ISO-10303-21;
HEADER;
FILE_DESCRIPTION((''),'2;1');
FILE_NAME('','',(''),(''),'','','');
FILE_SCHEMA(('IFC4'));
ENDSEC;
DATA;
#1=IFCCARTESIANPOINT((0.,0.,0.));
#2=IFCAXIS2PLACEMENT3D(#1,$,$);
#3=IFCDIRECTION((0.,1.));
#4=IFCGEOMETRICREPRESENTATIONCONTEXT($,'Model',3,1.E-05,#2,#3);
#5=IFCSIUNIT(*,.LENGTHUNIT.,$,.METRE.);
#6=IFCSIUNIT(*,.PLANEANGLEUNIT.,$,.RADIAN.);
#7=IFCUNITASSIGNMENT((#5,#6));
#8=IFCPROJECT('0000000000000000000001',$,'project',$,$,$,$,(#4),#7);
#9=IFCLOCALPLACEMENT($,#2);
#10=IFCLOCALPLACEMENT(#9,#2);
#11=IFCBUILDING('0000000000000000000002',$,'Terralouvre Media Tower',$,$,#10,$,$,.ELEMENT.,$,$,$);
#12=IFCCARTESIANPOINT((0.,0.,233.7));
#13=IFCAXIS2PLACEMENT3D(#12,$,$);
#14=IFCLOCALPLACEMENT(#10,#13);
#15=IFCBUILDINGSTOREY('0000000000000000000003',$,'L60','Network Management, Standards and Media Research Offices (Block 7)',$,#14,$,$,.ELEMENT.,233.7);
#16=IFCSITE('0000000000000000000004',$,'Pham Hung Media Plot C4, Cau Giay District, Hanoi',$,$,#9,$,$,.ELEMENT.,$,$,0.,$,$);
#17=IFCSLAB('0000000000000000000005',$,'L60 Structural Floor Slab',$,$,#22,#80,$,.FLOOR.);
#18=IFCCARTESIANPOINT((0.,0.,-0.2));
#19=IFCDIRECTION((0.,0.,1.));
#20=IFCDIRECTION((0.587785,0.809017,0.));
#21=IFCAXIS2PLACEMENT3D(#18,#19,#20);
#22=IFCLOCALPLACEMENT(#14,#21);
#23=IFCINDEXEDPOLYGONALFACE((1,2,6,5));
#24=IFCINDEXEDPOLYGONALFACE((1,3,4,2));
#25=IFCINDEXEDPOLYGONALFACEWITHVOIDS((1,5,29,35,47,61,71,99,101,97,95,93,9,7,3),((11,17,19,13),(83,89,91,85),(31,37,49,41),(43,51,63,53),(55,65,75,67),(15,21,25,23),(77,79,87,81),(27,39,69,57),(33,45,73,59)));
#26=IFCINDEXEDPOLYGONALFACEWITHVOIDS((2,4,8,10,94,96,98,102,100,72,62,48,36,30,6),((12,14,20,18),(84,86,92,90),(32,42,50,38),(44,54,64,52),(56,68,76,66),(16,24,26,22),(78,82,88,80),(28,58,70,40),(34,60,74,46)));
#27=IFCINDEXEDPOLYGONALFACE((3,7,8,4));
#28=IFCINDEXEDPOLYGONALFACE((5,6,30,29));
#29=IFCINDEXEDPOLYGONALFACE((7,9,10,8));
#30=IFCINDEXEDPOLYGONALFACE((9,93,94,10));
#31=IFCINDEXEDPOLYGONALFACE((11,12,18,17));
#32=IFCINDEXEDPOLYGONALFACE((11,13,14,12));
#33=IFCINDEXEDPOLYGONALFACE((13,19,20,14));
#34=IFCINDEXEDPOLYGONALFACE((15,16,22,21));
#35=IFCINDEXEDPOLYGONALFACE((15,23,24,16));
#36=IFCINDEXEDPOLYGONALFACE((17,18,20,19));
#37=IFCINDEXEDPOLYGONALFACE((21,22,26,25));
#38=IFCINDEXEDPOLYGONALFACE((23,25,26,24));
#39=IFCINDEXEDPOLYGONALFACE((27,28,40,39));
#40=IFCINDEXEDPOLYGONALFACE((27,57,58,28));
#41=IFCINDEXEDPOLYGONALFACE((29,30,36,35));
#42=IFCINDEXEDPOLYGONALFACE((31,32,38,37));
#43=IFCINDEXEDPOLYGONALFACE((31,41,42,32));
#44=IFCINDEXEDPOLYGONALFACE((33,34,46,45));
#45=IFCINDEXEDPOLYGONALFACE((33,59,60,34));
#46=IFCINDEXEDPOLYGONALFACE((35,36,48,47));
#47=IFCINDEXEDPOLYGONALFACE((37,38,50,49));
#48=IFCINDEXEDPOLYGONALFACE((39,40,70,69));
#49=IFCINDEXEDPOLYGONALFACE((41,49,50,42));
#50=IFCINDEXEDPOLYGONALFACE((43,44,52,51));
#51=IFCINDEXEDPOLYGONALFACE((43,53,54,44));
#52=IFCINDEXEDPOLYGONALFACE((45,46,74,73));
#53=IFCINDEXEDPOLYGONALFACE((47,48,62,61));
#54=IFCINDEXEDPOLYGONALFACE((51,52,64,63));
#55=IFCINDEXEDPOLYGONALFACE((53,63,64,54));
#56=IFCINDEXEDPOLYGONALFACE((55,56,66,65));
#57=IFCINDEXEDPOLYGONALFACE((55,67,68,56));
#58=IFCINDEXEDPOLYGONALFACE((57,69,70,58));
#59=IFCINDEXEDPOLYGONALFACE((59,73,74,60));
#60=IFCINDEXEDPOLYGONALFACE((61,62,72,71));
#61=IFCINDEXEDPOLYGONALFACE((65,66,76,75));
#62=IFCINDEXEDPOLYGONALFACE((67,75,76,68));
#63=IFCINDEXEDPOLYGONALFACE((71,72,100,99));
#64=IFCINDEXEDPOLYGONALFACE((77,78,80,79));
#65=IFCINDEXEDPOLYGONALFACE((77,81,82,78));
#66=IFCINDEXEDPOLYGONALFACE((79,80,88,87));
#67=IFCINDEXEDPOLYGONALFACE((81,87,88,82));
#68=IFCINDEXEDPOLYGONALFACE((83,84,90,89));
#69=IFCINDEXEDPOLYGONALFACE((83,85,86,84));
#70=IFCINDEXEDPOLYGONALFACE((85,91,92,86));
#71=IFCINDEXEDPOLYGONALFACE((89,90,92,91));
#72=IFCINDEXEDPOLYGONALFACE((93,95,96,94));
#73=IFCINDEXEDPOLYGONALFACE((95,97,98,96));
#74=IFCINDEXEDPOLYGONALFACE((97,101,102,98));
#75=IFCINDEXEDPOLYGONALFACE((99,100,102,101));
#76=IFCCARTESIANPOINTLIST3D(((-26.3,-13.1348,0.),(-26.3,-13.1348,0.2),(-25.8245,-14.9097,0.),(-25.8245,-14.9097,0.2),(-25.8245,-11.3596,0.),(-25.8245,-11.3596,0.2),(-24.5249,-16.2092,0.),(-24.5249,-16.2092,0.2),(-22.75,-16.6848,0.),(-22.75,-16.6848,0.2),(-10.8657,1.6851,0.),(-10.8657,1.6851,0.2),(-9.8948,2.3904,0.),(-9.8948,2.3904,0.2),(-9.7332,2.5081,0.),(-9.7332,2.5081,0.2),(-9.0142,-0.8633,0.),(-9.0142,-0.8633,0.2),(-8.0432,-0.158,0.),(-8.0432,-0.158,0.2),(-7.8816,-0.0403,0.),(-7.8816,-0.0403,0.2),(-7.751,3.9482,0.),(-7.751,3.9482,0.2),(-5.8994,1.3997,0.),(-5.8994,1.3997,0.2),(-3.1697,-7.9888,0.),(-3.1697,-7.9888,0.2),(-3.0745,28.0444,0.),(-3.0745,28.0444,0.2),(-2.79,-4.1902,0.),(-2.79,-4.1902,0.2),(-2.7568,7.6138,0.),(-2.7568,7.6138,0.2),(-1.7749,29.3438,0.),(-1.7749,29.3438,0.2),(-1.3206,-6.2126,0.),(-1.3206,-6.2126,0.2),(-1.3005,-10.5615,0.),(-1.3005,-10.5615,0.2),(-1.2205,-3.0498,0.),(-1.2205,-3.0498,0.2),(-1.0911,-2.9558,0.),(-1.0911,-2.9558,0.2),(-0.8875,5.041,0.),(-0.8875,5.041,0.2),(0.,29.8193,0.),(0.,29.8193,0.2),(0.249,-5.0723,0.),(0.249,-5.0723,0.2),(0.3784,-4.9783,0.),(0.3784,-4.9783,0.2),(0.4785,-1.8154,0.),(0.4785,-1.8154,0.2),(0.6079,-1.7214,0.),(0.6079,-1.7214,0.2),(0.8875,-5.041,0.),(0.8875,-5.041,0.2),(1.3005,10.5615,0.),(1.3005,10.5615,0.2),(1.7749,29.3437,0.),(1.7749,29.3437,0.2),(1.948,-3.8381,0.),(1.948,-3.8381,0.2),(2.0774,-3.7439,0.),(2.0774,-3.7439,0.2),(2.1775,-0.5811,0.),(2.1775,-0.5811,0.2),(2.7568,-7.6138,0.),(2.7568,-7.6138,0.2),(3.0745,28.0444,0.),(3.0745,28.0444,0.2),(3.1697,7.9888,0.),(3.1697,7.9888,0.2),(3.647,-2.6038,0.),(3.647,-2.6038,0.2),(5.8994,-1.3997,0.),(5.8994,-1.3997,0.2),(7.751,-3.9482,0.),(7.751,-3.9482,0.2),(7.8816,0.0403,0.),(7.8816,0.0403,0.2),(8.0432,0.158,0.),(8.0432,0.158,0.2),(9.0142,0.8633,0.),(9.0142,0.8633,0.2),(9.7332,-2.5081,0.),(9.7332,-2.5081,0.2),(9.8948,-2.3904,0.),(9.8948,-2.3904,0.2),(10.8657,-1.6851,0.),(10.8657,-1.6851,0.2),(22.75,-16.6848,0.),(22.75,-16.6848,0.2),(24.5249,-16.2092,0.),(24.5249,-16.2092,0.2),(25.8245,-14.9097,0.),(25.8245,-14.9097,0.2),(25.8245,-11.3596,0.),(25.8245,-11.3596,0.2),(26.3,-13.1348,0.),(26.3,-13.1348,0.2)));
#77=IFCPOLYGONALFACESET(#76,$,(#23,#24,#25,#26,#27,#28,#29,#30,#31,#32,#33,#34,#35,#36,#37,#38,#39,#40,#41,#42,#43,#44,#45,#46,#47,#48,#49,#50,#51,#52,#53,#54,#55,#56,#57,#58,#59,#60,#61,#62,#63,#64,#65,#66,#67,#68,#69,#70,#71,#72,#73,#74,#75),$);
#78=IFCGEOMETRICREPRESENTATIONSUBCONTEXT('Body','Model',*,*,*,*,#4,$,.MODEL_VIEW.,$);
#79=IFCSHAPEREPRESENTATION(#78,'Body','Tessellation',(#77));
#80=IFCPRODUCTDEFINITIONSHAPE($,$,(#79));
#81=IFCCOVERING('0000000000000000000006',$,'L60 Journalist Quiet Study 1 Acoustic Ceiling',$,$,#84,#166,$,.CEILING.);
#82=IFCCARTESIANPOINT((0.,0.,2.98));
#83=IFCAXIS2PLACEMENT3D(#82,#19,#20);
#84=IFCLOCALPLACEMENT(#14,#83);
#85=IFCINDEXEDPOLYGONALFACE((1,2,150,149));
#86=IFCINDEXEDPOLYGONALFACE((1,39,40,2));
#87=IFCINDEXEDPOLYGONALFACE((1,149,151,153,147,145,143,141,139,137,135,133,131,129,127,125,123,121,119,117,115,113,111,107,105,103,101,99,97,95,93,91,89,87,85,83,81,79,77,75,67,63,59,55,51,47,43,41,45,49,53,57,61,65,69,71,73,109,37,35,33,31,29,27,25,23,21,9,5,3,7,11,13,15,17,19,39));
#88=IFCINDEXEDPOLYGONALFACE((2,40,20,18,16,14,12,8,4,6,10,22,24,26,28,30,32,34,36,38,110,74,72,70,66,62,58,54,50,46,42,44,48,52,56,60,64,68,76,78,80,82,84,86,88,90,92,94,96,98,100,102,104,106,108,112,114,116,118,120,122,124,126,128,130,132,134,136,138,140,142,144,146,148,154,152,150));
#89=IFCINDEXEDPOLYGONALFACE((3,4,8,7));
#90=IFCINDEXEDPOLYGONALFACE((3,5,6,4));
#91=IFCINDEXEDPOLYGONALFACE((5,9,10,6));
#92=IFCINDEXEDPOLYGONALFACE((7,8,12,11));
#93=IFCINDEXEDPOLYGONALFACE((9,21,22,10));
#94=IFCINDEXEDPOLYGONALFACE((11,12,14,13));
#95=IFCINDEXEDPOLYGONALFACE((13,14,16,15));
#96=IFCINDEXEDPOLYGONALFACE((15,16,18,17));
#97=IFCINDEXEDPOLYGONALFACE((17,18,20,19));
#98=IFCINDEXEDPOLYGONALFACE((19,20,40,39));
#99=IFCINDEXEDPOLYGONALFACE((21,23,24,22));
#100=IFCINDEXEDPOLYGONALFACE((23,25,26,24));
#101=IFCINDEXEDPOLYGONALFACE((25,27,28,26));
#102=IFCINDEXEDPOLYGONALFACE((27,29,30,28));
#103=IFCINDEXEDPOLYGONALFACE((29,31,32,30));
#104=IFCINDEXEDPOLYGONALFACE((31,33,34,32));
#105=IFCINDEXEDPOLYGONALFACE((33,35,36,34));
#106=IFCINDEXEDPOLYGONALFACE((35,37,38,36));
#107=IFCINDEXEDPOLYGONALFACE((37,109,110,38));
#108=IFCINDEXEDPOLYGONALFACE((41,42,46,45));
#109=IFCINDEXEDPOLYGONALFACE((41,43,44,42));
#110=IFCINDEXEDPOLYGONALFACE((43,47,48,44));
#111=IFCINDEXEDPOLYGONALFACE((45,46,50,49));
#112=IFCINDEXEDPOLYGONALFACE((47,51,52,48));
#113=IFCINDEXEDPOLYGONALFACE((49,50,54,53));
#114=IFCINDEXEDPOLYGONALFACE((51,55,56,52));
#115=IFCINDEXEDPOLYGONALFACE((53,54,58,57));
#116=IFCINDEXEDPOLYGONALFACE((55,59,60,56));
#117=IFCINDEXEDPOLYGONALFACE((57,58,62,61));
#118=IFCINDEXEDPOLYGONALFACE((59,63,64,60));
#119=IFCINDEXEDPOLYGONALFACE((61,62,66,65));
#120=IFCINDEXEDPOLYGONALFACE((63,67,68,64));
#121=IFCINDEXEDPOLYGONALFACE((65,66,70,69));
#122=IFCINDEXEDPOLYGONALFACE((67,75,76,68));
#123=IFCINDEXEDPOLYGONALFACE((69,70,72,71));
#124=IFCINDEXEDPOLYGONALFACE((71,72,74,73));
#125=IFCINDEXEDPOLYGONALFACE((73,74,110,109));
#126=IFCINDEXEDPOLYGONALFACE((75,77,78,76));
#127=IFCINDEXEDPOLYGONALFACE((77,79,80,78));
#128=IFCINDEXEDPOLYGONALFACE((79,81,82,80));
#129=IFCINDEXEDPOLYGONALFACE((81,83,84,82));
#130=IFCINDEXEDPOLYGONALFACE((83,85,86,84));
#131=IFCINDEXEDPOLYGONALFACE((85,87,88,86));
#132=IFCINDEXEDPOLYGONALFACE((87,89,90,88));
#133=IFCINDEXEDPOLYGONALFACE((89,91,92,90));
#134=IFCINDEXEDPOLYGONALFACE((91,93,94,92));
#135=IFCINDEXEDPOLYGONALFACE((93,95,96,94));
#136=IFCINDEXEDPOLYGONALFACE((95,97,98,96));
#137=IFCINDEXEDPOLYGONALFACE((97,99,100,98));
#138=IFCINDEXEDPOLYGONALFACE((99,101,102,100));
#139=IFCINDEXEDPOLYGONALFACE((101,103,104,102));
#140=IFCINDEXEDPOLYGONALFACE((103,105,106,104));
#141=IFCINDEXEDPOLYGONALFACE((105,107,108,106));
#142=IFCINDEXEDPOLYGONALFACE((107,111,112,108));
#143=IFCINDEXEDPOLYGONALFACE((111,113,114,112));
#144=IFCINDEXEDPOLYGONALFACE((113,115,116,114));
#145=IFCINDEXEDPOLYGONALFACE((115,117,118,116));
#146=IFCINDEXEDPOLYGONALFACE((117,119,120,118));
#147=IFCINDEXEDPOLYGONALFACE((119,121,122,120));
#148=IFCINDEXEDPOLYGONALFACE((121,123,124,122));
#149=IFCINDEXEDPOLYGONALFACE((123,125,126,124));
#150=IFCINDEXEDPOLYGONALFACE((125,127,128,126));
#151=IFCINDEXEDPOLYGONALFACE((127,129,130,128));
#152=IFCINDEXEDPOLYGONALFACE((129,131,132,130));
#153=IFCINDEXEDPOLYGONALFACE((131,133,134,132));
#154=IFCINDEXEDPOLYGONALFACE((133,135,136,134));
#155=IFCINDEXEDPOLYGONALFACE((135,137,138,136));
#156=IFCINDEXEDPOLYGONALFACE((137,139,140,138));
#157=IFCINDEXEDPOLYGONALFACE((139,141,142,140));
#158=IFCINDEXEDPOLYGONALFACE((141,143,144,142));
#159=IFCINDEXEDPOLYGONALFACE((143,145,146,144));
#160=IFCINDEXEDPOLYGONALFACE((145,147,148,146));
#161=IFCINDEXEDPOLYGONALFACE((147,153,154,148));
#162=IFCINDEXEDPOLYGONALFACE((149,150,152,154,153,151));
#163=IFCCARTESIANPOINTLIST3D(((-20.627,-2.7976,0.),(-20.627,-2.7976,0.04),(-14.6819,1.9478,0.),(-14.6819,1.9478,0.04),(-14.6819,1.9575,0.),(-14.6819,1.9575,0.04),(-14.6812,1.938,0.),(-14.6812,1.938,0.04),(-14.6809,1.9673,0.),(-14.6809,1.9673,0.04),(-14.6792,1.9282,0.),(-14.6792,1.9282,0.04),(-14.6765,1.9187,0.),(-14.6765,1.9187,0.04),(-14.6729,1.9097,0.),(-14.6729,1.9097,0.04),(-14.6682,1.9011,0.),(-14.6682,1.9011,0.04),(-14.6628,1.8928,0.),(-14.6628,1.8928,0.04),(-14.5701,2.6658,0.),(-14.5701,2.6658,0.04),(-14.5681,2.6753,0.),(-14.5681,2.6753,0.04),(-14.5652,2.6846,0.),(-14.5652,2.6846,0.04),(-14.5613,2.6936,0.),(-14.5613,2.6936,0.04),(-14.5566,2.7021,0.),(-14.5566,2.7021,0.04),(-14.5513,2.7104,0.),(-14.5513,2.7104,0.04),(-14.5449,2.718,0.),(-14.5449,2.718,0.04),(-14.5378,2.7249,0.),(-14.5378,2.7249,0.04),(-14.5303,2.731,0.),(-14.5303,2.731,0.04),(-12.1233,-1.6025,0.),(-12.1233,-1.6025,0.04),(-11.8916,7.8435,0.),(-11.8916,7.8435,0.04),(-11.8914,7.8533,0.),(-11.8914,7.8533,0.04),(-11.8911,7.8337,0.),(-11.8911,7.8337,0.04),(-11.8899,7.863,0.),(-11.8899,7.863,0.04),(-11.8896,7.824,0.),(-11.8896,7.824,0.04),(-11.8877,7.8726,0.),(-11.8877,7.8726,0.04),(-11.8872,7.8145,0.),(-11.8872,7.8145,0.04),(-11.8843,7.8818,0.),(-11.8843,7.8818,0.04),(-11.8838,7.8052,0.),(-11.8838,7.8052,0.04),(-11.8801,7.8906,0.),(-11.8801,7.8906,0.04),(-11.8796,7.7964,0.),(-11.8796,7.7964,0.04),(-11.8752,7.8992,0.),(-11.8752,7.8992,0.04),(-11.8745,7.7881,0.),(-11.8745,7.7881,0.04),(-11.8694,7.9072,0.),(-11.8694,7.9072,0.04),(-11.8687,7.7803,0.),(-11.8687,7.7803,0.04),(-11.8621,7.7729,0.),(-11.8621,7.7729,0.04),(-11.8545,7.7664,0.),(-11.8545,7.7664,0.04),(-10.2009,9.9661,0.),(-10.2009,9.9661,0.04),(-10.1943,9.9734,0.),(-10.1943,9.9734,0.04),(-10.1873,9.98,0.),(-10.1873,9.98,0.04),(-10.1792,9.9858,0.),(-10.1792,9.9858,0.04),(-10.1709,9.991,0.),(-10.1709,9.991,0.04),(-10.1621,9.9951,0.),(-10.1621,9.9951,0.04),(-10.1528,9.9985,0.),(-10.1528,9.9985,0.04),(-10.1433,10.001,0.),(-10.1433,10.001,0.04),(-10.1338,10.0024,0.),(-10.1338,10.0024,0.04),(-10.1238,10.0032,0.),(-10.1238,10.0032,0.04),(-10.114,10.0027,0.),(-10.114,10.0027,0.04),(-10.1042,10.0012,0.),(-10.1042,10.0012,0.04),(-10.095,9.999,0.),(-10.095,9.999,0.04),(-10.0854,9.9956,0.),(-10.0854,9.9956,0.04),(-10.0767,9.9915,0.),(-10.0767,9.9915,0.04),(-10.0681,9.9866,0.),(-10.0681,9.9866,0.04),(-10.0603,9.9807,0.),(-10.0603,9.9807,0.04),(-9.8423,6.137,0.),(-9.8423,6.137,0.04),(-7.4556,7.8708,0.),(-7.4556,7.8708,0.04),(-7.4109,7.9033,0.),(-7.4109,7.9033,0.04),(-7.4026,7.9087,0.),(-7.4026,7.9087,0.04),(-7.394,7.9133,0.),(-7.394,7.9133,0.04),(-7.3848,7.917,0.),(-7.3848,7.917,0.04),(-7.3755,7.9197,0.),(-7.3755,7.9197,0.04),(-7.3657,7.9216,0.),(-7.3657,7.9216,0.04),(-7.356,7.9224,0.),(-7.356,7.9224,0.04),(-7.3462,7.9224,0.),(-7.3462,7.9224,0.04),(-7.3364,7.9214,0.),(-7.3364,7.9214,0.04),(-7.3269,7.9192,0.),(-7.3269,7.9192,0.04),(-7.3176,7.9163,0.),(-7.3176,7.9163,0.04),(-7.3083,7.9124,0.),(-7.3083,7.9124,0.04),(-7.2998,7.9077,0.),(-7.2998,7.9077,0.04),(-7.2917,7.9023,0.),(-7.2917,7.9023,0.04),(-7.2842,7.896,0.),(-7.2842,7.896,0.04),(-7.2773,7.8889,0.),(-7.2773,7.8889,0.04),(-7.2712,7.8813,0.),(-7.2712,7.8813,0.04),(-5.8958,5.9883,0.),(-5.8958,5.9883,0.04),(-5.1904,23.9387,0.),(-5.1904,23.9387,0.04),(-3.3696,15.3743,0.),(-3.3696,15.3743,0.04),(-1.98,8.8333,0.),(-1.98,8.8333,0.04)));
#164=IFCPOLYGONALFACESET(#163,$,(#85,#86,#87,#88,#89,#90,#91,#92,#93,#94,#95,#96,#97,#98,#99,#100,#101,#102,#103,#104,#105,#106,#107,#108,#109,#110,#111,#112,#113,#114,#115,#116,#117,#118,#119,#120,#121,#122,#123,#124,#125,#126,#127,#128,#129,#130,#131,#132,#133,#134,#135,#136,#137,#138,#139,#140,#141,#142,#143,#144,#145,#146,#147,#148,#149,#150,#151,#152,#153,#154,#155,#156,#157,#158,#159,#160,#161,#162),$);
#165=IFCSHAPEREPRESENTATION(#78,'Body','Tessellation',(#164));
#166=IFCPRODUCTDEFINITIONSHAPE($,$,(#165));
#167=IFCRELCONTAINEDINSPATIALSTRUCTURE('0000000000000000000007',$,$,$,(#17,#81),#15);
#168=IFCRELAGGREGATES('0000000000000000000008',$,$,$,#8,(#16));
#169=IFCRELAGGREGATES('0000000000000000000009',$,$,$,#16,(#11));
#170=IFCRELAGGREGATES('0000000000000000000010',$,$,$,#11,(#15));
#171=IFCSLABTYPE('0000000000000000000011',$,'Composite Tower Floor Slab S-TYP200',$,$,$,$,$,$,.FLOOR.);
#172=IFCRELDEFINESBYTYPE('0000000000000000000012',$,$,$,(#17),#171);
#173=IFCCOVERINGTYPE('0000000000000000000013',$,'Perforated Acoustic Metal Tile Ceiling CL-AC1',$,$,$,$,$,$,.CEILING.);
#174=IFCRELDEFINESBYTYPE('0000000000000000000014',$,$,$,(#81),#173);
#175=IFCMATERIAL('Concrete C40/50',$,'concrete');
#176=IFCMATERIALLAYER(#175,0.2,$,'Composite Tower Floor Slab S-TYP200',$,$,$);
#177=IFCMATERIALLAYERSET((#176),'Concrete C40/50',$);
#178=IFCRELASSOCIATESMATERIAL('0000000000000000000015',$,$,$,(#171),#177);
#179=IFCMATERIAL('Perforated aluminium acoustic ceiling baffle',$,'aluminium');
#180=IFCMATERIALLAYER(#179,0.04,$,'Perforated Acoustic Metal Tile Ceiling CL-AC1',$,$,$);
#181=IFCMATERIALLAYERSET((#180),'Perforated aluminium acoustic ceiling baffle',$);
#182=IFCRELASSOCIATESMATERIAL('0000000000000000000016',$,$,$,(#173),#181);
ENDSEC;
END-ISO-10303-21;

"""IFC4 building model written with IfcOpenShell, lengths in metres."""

from ifc_helpers import new_model, si_unit, direction, frame, origin, place, context, subcontext, project, spatial, polyline, outline, extrude, material, layer, layer_set, type_object, element, save


model = new_model("IFC4")

# Units and contexts
model_context = context("Model", 3, precision=1e-05, world=origin(), true_north=direction((0.0, 1.0)))
body_context = subcontext(model_context, "Body", "Model", "MODEL_VIEW")
ifc_project = project(units=[si_unit("LENGTHUNIT", "METRE"), si_unit("PLANEANGLEUNIT", "RADIAN")], contexts=[model_context])

# Site, building, storey
site_placement = place(None, origin())
site = spatial("IfcSite", under=ifc_project, at=site_placement, Name="Pham Hung Media Plot C4, Cau Giay District, Hanoi", CompositionType="ELEMENT", RefElevation=0.0)
building_placement = place(site_placement, origin())
building = spatial("IfcBuilding", under=site, at=building_placement, Name="Terralouvre Media Tower", CompositionType="ELEMENT")
storey_placement = place(building_placement, frame((0.0, 0.0, 233.7)))
storey = spatial("IfcBuildingStorey", under=building, at=storey_placement, Name="L60", Description="Network Management, Standards and Media Research Offices (Block 7)", CompositionType="ELEMENT", Elevation=233.7)

# Slab
ifc_material_1 = material(Name="Concrete C40/50", Category="concrete")
ifc_layer_1 = layer(ifc_material_1, 0.2, Name="Composite Tower Floor Slab S-TYP200")
ifc_layer_set_1 = layer_set([ifc_layer_1], Name="Concrete C40/50")
slab_type = type_object("IfcSlabType", Name="Composite Tower Floor Slab S-TYP200", PredefinedType="FLOOR", material=ifc_layer_set_1)
slab_placement = place(storey_placement, frame((0.0, 0.0, -0.2), z_axis=(0.0, 0.0, 1.0), x_axis=(0.587785, 0.809017, 0.0)))
element("IfcSlab", 1, at=slab_placement, inside=storey, type_object=slab_type, Name="L60 Structural Floor Slab", PredefinedType="FLOOR", context=body_context, shape_type="SweptSolid", body=[
    extrude(outline(polyline([(-25.8245, -11.3596), (-26.3, -13.1348), (-25.8245, -14.9097), (-24.5249, -16.2092), (-22.75, -16.6848), (22.75, -16.6848), (24.5249, -16.2092), (25.8245, -14.9097), (26.3, -13.1348), (25.8245, -11.3596), (3.0745, 28.0444), (1.7749, 29.3438), (0.0, 29.8193), (-1.7749, 29.3438), (-3.0745, 28.0444), (-25.8245, -11.3596)]), holes=[polyline([(-8.0432, -0.158), (-9.0142, -0.8633), (-10.8657, 1.6851), (-9.8948, 2.3904), (-8.0432, -0.158)]), polyline([(-5.8994, 1.3997), (-7.8816, -0.0403), (-9.7332, 2.5081), (-7.751, 3.9482), (-5.8994, 1.3997)]), polyline([(-3.1697, -7.9888), (0.8875, -5.041), (2.7568, -7.6138), (-1.3005, -10.5615), (-3.1697, -7.9888)]), polyline([(0.249, -5.0723), (-1.3206, -6.2126), (-2.79, -4.1902), (-1.2205, -3.0498), (0.249, -5.0723)]), polyline([(1.948, -3.8381), (0.3784, -4.9783), (-1.0911, -2.9558), (0.4785, -1.8154), (1.948, -3.8381)]), polyline([(3.647, -2.6038), (2.0774, -3.7439), (0.6079, -1.7214), (2.1775, -0.5811), (3.647, -2.6038)]), polyline([(3.1697, 7.9888), (-0.8875, 5.041), (-2.7568, 7.6138), (1.3005, 10.5615), (3.1697, 7.9888)]), polyline([(7.751, -3.9482), (5.8994, -1.3997), (7.8816, 0.0403), (9.7332, -2.5081), (7.751, -3.9482)]), polyline([(9.8948, -2.3904), (8.0432, 0.158), (9.0142, 0.8633), (10.8657, -1.6851), (9.8948, -2.3904)])]), origin(), (0.0, 0.0, 1.0), 0.2),
])

# Covering
ifc_material_2 = material(Name="Perforated aluminium acoustic ceiling baffle", Category="aluminium")
ifc_layer_2 = layer(ifc_material_2, 0.04, Name="Perforated Acoustic Metal Tile Ceiling CL-AC1")
ifc_layer_set_2 = layer_set([ifc_layer_2], Name="Perforated aluminium acoustic ceiling baffle")
covering_type = type_object("IfcCoveringType", Name="Perforated Acoustic Metal Tile Ceiling CL-AC1", PredefinedType="CEILING", material=ifc_layer_set_2)
covering_placement = place(storey_placement, frame((0.0, 0.0, 2.98), z_axis=(0.0, 0.0, 1.0), x_axis=(0.587785, 0.809017, 0.0)))
element("IfcCovering", 2, at=covering_placement, inside=storey, type_object=covering_type, Name="L60 Journalist Quiet Study 1 Acoustic Ceiling", PredefinedType="CEILING", context=body_context, shape_type="SweptSolid", body=[
    extrude(outline(polyline([(-14.6628, 1.8928), (-14.6682, 1.9011), (-14.6729, 1.9097), (-14.6765, 1.9187), (-14.6792, 1.9282), (-14.6812, 1.938), (-14.6819, 1.9478), (-14.6819, 1.9575), (-14.6809, 1.9673), (-14.5701, 2.6658), (-14.5681, 2.6753), (-14.5652, 2.6846), (-14.5613, 2.6936), (-14.5566, 2.7021), (-14.5513, 2.7104), (-14.5449, 2.718), (-14.5378, 2.7249), (-14.5303, 2.731), (-9.8423, 6.137), (-11.8545, 7.7664), (-11.8621, 7.7729), (-11.8687, 7.7803), (-11.8745, 7.7881), (-11.8796, 7.7964), (-11.8838, 7.8052), (-11.8872, 7.8145), (-11.8896, 7.824), (-11.8911, 7.8337), (-11.8916, 7.8435), (-11.8914, 7.8533), (-11.8899, 7.863), (-11.8877, 7.8726), (-11.8843, 7.8818), (-11.8801, 7.8906), (-11.8752, 7.8992), (-11.8694, 7.9072), (-10.2009, 9.9661), (-10.1943, 9.9734), (-10.1873, 9.98), (-10.1792, 9.9858), (-10.1709, 9.991), (-10.1621, 9.9951), (-10.1528, 9.9985), (-10.1433, 10.001), (-10.1338, 10.0024), (-10.1238, 10.0032), (-10.114, 10.0027), (-10.1042, 10.0012), (-10.095, 9.999), (-10.0854, 9.9956), (-10.0767, 9.9915), (-10.0681, 9.9866), (-10.0603, 9.9807), (-7.4556, 7.8708), (-7.4109, 7.9033), (-7.4026, 7.9087), (-7.394, 7.9133), (-7.3848, 7.917), (-7.3755, 7.9197), (-7.3657, 7.9216), (-7.356, 7.9224), (-7.3462, 7.9224), (-7.3364, 7.9214), (-7.3269, 7.9192), (-7.3176, 7.9163), (-7.3083, 7.9124), (-7.2998, 7.9077), (-7.2917, 7.9023), (-7.2842, 7.896), (-7.2773, 7.8889), (-7.2712, 7.8813), (-5.8958, 5.9883), (-1.98, 8.8333), (-3.3696, 15.3743), (-5.1904, 23.9387), (-20.627, -2.7976), (-12.1233, -1.6025), (-14.6628, 1.8928)])), origin(), (0.0, 0.0, 1.0), 0.04),
])

save(model, "model.ifc")
